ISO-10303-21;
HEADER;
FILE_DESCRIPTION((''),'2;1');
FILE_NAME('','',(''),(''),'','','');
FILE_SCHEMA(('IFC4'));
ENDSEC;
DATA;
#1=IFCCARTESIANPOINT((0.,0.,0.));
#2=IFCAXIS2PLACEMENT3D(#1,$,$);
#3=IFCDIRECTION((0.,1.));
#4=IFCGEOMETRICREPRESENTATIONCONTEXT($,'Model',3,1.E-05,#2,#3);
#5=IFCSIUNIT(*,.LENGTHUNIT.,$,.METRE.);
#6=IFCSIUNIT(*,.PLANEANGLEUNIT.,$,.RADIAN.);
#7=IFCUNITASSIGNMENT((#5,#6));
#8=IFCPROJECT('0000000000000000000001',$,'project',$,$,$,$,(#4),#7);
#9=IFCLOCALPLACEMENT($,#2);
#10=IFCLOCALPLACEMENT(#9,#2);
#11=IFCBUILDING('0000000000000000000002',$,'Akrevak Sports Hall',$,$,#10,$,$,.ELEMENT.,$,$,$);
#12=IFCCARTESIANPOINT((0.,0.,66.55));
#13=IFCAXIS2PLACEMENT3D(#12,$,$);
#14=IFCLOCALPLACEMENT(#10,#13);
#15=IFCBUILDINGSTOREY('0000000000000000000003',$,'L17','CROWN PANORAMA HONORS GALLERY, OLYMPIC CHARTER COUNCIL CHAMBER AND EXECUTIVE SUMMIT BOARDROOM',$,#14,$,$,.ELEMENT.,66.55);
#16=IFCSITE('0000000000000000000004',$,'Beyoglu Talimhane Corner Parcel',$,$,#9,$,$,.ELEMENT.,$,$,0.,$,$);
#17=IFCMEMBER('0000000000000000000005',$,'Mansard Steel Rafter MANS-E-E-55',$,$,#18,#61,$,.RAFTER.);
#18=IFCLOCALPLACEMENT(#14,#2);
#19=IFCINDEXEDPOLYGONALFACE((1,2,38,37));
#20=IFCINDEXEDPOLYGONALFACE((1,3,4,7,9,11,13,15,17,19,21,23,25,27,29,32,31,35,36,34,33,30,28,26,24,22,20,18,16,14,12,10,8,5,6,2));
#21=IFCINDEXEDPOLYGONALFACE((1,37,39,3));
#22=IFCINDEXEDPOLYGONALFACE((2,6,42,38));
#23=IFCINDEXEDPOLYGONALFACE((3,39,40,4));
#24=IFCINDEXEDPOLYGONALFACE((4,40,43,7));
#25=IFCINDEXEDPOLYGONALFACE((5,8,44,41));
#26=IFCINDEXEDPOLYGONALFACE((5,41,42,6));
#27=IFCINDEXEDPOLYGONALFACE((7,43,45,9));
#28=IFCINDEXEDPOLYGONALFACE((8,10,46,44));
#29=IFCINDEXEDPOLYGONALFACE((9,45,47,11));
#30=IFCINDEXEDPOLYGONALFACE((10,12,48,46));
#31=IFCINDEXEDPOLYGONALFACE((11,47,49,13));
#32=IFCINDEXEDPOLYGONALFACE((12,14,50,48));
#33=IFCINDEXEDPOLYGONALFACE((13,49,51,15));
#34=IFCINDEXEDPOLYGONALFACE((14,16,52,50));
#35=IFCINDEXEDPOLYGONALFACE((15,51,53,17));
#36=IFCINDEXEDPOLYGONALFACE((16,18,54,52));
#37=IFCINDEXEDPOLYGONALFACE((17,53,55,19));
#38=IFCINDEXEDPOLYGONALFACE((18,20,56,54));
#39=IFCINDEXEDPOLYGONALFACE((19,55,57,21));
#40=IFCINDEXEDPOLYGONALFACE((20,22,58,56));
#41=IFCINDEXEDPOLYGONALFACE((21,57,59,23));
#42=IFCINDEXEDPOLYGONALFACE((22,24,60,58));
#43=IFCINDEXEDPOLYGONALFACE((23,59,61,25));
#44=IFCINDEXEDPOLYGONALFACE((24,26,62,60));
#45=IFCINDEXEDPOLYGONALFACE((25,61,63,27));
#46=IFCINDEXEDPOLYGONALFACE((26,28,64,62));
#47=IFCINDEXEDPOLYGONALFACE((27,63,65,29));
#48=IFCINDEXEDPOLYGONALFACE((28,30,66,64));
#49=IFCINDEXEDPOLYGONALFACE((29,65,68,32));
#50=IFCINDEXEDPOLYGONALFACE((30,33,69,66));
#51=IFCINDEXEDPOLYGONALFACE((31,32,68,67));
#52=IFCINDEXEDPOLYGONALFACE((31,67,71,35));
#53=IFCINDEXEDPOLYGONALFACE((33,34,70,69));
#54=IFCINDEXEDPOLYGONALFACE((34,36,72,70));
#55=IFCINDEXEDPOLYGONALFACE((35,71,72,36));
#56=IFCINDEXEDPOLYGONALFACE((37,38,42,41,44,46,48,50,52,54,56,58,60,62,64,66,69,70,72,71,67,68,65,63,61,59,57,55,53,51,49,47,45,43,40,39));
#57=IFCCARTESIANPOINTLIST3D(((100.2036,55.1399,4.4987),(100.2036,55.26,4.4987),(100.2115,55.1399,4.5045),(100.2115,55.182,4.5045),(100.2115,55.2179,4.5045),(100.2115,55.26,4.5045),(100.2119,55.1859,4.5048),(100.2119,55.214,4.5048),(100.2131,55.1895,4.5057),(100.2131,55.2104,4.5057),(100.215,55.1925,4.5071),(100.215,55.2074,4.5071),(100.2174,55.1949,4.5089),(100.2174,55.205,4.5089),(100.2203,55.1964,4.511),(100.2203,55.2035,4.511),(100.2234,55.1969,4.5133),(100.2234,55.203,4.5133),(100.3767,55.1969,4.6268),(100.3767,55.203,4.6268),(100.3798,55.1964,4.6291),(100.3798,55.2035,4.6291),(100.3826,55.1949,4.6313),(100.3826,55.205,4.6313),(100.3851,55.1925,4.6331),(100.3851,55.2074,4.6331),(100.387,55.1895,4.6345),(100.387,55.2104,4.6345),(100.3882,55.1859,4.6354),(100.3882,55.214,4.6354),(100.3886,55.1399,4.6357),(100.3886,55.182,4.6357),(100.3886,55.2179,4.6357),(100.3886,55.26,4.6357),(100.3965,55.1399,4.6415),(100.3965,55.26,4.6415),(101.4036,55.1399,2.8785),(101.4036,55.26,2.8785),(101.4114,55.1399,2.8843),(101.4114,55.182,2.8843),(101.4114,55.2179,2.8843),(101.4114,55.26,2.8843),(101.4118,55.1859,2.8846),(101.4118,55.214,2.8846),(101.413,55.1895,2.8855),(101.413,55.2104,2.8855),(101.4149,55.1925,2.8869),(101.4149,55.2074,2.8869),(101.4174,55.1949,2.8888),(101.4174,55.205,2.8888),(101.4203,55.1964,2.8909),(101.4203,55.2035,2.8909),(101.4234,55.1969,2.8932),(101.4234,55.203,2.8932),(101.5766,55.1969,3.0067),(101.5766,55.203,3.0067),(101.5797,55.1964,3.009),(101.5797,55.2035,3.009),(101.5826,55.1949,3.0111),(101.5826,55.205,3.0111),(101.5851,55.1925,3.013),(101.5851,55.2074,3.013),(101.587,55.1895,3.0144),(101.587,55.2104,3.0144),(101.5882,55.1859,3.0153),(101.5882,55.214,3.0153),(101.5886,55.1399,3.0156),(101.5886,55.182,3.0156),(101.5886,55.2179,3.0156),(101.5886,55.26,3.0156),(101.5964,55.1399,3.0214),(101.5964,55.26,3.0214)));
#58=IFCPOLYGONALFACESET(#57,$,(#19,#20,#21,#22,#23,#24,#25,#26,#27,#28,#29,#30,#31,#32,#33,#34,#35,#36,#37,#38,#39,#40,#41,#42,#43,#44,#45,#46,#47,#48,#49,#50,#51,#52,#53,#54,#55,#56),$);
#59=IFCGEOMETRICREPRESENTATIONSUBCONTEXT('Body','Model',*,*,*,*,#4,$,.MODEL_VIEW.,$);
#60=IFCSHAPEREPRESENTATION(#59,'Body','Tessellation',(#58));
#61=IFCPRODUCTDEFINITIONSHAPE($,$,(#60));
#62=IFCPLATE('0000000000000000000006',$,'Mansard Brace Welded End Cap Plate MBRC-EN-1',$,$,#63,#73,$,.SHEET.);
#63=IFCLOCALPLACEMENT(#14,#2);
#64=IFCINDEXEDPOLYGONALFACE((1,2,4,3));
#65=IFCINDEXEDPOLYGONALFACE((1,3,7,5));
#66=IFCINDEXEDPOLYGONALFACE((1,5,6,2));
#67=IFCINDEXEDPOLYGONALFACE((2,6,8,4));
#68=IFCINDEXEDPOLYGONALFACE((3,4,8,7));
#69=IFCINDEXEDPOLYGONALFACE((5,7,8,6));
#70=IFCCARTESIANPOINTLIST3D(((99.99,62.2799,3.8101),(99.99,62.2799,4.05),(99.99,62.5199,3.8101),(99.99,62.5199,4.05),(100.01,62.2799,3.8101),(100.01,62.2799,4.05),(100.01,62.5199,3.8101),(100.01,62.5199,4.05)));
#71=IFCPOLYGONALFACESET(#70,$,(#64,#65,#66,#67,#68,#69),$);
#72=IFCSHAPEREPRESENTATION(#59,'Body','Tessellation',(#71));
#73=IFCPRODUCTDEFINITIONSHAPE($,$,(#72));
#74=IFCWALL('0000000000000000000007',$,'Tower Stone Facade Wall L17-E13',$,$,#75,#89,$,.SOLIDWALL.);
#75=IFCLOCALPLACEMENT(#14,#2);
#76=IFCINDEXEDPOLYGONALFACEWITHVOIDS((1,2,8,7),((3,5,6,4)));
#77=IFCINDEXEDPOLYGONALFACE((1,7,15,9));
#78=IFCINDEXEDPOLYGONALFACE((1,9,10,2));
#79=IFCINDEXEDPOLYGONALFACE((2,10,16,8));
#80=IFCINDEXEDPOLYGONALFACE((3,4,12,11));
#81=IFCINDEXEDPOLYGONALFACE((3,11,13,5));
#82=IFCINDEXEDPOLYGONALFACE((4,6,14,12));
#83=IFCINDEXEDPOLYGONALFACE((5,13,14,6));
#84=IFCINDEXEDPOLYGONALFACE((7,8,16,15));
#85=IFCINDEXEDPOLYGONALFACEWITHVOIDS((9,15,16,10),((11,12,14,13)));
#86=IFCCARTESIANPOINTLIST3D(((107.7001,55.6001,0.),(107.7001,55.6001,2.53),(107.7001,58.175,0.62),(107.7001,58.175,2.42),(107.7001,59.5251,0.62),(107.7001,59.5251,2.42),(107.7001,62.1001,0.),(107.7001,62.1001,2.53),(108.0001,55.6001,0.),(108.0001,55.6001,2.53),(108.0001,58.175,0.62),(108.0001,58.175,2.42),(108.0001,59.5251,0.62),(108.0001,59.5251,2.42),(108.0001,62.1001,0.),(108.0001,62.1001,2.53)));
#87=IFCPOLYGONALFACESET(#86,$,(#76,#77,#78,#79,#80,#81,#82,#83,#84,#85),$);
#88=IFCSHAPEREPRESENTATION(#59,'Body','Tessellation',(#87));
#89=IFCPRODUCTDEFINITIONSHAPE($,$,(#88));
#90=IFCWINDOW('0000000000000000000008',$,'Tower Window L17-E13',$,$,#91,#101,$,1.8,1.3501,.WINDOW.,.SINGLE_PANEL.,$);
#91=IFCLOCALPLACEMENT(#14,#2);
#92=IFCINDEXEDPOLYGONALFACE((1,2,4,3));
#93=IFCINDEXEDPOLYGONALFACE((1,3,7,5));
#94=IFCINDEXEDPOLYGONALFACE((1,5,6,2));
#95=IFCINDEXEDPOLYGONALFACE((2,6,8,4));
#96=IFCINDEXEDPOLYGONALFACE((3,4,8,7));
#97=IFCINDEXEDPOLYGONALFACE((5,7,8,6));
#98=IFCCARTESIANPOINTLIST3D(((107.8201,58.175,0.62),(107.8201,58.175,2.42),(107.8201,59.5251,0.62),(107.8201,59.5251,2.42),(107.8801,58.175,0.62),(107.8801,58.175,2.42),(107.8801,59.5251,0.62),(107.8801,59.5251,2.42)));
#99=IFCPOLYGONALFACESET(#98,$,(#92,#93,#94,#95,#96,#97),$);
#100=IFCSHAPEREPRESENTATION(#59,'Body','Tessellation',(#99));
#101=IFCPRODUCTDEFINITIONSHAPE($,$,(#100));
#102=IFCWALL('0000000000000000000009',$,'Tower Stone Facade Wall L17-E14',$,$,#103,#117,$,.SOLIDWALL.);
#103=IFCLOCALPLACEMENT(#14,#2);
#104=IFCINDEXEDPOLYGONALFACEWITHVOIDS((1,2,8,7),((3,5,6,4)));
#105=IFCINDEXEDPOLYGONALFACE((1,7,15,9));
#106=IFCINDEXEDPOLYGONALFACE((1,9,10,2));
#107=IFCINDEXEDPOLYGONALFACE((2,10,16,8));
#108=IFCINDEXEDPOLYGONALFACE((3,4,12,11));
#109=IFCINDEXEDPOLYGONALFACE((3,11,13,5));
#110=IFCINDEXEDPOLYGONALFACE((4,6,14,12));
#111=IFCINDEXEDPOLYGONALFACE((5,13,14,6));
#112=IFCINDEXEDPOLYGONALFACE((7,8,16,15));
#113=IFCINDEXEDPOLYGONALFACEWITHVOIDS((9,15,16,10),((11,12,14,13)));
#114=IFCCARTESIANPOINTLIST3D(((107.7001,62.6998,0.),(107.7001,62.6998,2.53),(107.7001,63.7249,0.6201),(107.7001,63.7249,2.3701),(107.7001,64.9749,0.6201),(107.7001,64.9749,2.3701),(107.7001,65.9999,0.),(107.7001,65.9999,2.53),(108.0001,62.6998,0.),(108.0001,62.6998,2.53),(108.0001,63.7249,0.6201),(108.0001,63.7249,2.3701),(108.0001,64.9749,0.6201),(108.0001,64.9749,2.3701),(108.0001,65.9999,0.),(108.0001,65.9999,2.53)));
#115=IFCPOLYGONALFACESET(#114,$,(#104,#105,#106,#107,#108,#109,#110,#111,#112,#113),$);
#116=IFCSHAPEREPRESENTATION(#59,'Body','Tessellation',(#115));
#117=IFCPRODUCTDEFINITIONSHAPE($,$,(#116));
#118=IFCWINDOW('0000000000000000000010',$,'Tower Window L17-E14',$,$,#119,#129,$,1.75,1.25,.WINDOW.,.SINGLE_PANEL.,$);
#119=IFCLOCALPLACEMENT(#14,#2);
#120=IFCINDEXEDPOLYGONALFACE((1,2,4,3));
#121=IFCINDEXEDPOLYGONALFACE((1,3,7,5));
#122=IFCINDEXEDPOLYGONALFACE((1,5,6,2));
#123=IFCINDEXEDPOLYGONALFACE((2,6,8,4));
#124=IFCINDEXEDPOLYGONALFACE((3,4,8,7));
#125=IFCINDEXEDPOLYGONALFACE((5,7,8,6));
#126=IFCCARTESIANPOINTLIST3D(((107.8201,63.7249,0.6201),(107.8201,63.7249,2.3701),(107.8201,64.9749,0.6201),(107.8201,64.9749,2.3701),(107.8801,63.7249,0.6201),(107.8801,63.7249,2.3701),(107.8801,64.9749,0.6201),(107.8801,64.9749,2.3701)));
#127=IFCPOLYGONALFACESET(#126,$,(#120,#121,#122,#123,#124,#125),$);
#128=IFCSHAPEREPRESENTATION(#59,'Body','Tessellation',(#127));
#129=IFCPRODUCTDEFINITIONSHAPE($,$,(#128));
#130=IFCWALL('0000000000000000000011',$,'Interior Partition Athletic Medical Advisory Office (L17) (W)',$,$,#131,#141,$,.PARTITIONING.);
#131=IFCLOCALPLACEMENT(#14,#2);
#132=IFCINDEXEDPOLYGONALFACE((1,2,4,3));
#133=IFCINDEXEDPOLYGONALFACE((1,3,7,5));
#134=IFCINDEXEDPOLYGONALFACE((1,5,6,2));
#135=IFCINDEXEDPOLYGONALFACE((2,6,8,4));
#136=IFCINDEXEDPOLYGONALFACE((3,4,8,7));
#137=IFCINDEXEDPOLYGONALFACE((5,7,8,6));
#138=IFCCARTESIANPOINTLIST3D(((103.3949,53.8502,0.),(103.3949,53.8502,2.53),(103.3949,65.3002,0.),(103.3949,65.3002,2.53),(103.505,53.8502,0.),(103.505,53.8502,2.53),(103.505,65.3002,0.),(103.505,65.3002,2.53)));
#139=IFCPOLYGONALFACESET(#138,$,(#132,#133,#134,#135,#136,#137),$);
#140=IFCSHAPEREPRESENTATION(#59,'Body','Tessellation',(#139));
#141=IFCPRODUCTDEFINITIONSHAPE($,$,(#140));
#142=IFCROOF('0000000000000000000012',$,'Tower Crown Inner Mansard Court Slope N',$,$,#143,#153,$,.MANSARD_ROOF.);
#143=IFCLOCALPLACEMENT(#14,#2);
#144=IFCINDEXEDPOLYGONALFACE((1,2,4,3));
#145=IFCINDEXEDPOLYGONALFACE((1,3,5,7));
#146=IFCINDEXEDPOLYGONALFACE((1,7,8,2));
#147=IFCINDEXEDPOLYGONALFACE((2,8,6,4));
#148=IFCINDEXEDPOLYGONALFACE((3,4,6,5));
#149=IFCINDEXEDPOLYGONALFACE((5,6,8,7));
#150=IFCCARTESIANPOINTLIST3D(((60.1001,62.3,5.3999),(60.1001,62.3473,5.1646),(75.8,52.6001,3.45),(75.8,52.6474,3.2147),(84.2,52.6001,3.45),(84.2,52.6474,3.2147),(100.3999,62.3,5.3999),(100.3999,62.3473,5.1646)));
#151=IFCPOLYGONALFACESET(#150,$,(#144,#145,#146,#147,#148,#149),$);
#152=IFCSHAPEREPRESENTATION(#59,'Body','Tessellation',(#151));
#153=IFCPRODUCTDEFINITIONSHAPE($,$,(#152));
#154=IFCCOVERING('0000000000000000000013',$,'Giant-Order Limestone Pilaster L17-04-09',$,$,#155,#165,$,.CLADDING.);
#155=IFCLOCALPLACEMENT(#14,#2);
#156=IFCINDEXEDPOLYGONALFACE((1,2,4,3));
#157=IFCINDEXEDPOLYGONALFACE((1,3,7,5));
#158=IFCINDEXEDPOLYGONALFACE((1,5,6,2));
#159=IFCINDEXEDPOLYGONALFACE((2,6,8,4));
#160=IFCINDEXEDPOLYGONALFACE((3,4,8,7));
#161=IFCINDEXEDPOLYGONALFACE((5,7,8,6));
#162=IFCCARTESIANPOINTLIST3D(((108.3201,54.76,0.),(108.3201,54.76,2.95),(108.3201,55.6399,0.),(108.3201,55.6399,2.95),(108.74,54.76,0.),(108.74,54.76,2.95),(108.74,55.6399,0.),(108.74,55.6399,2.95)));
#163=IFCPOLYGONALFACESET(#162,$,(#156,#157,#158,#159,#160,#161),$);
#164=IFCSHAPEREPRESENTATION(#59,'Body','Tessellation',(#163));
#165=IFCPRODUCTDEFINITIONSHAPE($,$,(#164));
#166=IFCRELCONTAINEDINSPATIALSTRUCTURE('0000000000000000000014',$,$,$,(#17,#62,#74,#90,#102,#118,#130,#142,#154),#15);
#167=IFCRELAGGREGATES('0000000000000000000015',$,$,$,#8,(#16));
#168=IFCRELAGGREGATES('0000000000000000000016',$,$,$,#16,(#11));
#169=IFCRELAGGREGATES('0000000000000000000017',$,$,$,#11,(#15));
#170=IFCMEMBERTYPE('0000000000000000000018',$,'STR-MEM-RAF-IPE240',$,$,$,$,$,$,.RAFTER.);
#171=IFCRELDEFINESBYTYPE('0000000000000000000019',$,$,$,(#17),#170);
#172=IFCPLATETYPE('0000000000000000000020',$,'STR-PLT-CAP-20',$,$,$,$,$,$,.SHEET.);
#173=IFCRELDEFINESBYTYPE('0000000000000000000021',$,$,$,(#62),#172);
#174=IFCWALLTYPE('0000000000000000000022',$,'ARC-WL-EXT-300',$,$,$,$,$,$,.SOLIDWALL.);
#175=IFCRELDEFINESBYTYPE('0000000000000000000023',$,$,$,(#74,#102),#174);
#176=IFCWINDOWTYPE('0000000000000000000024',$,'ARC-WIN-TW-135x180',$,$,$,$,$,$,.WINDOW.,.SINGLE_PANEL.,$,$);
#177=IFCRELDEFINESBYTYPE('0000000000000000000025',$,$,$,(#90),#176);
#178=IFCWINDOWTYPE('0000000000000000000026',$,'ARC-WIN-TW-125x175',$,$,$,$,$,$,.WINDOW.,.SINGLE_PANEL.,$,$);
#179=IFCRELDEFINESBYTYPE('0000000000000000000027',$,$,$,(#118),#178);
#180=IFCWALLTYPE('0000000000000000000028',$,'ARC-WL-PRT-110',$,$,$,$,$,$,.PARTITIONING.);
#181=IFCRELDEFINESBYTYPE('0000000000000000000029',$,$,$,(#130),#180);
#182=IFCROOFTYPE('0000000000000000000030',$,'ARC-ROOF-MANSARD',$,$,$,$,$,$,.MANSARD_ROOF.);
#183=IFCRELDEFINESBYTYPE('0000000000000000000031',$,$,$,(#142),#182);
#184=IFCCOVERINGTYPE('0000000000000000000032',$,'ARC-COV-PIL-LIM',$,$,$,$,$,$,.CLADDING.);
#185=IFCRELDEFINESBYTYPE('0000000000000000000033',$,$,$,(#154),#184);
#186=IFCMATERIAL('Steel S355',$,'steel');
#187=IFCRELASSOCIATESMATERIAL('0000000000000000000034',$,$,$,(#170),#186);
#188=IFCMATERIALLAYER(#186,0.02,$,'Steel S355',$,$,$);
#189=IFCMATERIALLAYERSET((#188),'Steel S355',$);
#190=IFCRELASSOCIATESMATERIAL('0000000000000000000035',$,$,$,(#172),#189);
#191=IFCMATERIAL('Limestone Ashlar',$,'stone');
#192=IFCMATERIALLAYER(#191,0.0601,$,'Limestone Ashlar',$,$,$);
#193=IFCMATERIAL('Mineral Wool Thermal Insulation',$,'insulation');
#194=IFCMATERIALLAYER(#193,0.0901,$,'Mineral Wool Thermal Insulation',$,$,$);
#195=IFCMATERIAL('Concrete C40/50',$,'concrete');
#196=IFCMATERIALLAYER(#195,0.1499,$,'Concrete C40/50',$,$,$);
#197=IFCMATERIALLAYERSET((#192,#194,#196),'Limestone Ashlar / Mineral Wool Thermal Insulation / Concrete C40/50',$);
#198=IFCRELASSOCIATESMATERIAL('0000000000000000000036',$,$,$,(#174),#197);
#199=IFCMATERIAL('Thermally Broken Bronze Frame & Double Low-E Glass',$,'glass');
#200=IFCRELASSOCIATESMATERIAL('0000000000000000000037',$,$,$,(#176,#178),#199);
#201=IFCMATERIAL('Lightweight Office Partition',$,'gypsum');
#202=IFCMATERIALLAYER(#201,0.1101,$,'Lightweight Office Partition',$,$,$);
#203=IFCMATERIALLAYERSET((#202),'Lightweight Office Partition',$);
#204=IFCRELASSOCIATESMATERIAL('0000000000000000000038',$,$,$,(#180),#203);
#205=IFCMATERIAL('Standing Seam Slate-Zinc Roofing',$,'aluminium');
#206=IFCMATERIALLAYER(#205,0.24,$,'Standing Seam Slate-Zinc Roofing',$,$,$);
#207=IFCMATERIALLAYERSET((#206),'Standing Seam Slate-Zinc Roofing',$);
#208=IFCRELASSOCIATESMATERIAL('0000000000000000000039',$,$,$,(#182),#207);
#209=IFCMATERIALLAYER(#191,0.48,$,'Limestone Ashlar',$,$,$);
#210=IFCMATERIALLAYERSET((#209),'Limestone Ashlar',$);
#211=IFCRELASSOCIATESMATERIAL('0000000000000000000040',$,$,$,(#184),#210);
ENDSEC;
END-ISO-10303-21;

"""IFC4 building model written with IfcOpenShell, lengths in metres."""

from ifc_helpers import new_model, si_unit, direction, frame, frame_2d, origin, origin_2d, place, context, subcontext, project, spatial, polyline, rectangle, i_section, outline, extrude, material, layer, layer_set, material_profile, profile_set, type_object, element, fill, save


model = new_model("IFC4")

# Units and contexts
model_context = context("Model", 3, precision=1e-05, world=origin(), true_north=direction((0.0, 1.0)))
body_context = subcontext(model_context, "Body", "Model", "MODEL_VIEW")
ifc_project = project(units=[si_unit("LENGTHUNIT", "METRE"), si_unit("PLANEANGLEUNIT", "RADIAN")], contexts=[model_context])

# Site, building, storey
site_placement = place(None, origin())
site = spatial("IfcSite", under=ifc_project, at=site_placement, Name="Beyoglu Talimhane Corner Parcel", CompositionType="ELEMENT", RefElevation=0.0)
building_placement = place(site_placement, origin())
building = spatial("IfcBuilding", under=site, at=building_placement, Name="Akrevak Sports Hall", CompositionType="ELEMENT")
storey_placement = place(building_placement, frame((0.0, 0.0, 66.55)))
storey = spatial("IfcBuildingStorey", under=building, at=storey_placement, Name="L17", Description="CROWN PANORAMA HONORS GALLERY, OLYMPIC CHARTER COUNCIL CHAMBER AND EXECUTIVE SUMMIT BOARDROOM", CompositionType="ELEMENT", Elevation=66.55)

# Shared definitions
ifc_material_1 = material(Name="Concrete C40/50", Category="concrete")

# Member
ifc_material_2 = material(Name="Steel S355", Category="steel")
ifc_material_profile_1 = material_profile(ifc_material_2, i_section(OverallWidth=0.1201, OverallDepth=0.24, WebThickness=0.0061, FlangeThickness=0.0098, FilletRadius=0.0149, at=origin_2d()), Name="IPE 240", Category="steel")
ifc_profile_set_1 = profile_set([ifc_material_profile_1], Name="Steel S355")
member_type_1 = type_object("IfcMemberType", Name="STR-MEM-RAF-IPE240", PredefinedType="RAFTER", material=ifc_profile_set_1)
member_1_placement = place(storey_placement, frame((101.5, 55.2, 2.95), z_axis=(-0.595184, 0.0, 0.803589), x_axis=(0.0, -1.0, 0.0)))
element("IfcMember", 1, at=member_1_placement, inside=storey, type_object=member_type_1, Name="Mansard Steel Rafter MANS-E-E-55", PredefinedType="RAFTER", context=body_context, shape_type="SweptSolid", body=[
    extrude(i_section(OverallWidth=0.1201, OverallDepth=0.24, WebThickness=0.0061, FlangeThickness=0.0098, FilletRadius=0.0149, at=origin_2d()), origin(), (0.0, 0.0, 1.0), 2.0161),
])

# Plate
ifc_layer_1 = layer(ifc_material_2, 0.02, Name="Steel S355")
ifc_layer_set_1 = layer_set([ifc_layer_1], Name="Steel S355")
plate_type = type_object("IfcPlateType", Name="STR-PLT-CAP-20", PredefinedType="SHEET", material=ifc_layer_set_1)
plate_placement = place(storey_placement, frame((100.0, 62.3999, 3.8101), z_axis=(0.0, 0.0, 1.0), x_axis=(1.0, 0.0, 0.0)))
element("IfcPlate", 2, at=plate_placement, inside=storey, type_object=plate_type, Name="Mansard Brace Welded End Cap Plate MBRC-EN-1", PredefinedType="SHEET", context=body_context, shape_type="SweptSolid", body=[
    extrude(rectangle(XDim=0.02, YDim=0.24, at=origin_2d()), origin(), (0.0, 0.0, 1.0), 0.24),
])

# Walls, openings, windows
ifc_material_3 = material(Name="Limestone Ashlar", Category="stone")
ifc_layer_2 = layer(ifc_material_3, 0.0601, Name="Limestone Ashlar")
ifc_material_4 = material(Name="Mineral Wool Thermal Insulation", Category="insulation")
ifc_layer_3 = layer(ifc_material_4, 0.0901, Name="Mineral Wool Thermal Insulation")
ifc_layer_4 = layer(ifc_material_1, 0.1499, Name="Concrete C40/50")
ifc_layer_set_2 = layer_set([ifc_layer_2, ifc_layer_3, ifc_layer_4], Name="Limestone Ashlar / Mineral Wool Thermal Insulation / Concrete C40/50")
wall_type_1 = type_object("IfcWallType", Name="ARC-WL-EXT-300", PredefinedType="SOLIDWALL", material=ifc_layer_set_2)
wall_1_placement = place(storey_placement, frame((107.8501, 55.6001, 0.0), z_axis=(0.0, 0.0, 1.0), x_axis=(0.0, 1.0, 0.0)))
wall_1 = element("IfcWall", 3, at=wall_1_placement, inside=storey, type_object=wall_type_1, Name="Tower Stone Facade Wall L17-E13", PredefinedType="SOLIDWALL", context=body_context, shape_type="SweptSolid", body=[
    extrude(rectangle(XDim=6.5, YDim=0.3, at=frame_2d((3.25, 0.0))), origin(), (0.0, 0.0, 1.0), 2.53),
])
opening_1_placement = place(wall_1_placement, frame((2.575, 0.0, 0.6201)))
opening_1 = element("IfcOpeningElement", 4, at=opening_1_placement, cuts=wall_1, PredefinedType="OPENING", context=body_context, shape_type="SweptSolid", body=[
    extrude(rectangle(XDim=1.3501, YDim=1.8, at=frame_2d((0.675, 0.8999))), frame((0.0, 0.1621, 0.0), z_axis=(0.0, -1.0, 0.0), x_axis=(1.0, 0.0, 0.0)), (0.0, 0.0, 1.0), 0.324),
])
ifc_material_5 = material(Name="Thermally Broken Bronze Frame & Double Low-E Glass", Category="glass")
window_type_1 = type_object("IfcWindowType", Name="ARC-WIN-TW-135x180", PartitioningType="SINGLE_PANEL", PredefinedType="WINDOW", material=ifc_material_5)
window_1_placement = place(opening_1_placement, origin())
window_1 = element("IfcWindow", 5, at=window_1_placement, inside=storey, type_object=window_type_1, Name="Tower Window L17-E13", OverallHeight=1.8, OverallWidth=1.3501, PartitioningType="SINGLE_PANEL", PredefinedType="WINDOW", context=body_context, shape_type="SweptSolid", body=[
    extrude(rectangle(XDim=1.3501, YDim=1.8, at=frame_2d((0.675, 0.8999))), frame((0.0, 0.03, 0.0), z_axis=(0.0, -1.0, 0.0), x_axis=(1.0, 0.0, 0.0)), (0.0, 0.0, 1.0), 0.0601),
])
fill(opening_1, window_1)
wall_2_placement = place(storey_placement, frame((107.8501, 62.7, 0.0), z_axis=(0.0, 0.0, 1.0), x_axis=(0.0, 1.0, 0.0)))
wall_2 = element("IfcWall", 6, at=wall_2_placement, inside=storey, type_object=wall_type_1, Name="Tower Stone Facade Wall L17-E14", PredefinedType="SOLIDWALL", context=body_context, shape_type="SweptSolid", body=[
    extrude(rectangle(XDim=3.3, YDim=0.3, at=frame_2d((1.6499, 0.0))), origin(), (0.0, 0.0, 1.0), 2.53),
])
opening_2_placement = place(wall_2_placement, frame((1.0249, 0.0, 0.6201)))
opening_2 = element("IfcOpeningElement", 7, at=opening_2_placement, cuts=wall_2, PredefinedType="OPENING", context=body_context, shape_type="SweptSolid", body=[
    extrude(rectangle(XDim=1.25, YDim=1.75, at=frame_2d((0.625, 0.875))), frame((0.0, 0.1621, 0.0), z_axis=(0.0, -1.0, 0.0), x_axis=(1.0, 0.0, 0.0)), (0.0, 0.0, 1.0), 0.324),
])
window_type_2 = type_object("IfcWindowType", Name="ARC-WIN-TW-125x175", PartitioningType="SINGLE_PANEL", PredefinedType="WINDOW", material=ifc_material_5)
window_2_placement = place(opening_2_placement, origin())
window_2 = element("IfcWindow", 8, at=window_2_placement, inside=storey, type_object=window_type_2, Name="Tower Window L17-E14", OverallHeight=1.75, OverallWidth=1.25, PartitioningType="SINGLE_PANEL", PredefinedType="WINDOW", context=body_context, shape_type="SweptSolid", body=[
    extrude(rectangle(XDim=1.25, YDim=1.75, at=frame_2d((0.625, 0.875))), frame((0.0, 0.03, 0.0), z_axis=(0.0, -1.0, 0.0), x_axis=(1.0, 0.0, 0.0)), (0.0, 0.0, 1.0), 0.0601),
])
fill(opening_2, window_2)

# Shared definitions
ifc_material_6 = material(Name="Lightweight Office Partition", Category="gypsum")
ifc_layer_5 = layer(ifc_material_6, 0.1101, Name="Lightweight Office Partition")
ifc_layer_set_3 = layer_set([ifc_layer_5], Name="Lightweight Office Partition")
wall_type_2 = type_object("IfcWallType", Name="ARC-WL-PRT-110", PredefinedType="PARTITIONING", material=ifc_layer_set_3)

# Wall
wall_3_placement = place(storey_placement, frame((103.45, 53.8501, 0.0), z_axis=(0.0, 0.0, 1.0), x_axis=(0.0, 1.0, 0.0)))
element("IfcWall", 9, at=wall_3_placement, inside=storey, type_object=wall_type_2, Name="Interior Partition Athletic Medical Advisory Office (L17) (W)", PredefinedType="PARTITIONING", context=body_context, shape_type="SweptSolid", body=[
    extrude(rectangle(XDim=11.45, YDim=0.1101, at=frame_2d((5.7251, 0.0))), origin(), (0.0, 0.0, 1.0), 2.53),
])

# Roof
ifc_material_7 = material(Name="Standing Seam Slate-Zinc Roofing", Category="aluminium")
ifc_layer_6 = layer(ifc_material_7, 0.24, Name="Standing Seam Slate-Zinc Roofing")
ifc_layer_set_4 = layer_set([ifc_layer_6], Name="Standing Seam Slate-Zinc Roofing")
roof_type = type_object("IfcRoofType", Name="ARC-ROOF-MANSARD", PredefinedType="MANSARD_ROOF", material=ifc_layer_set_4)
roof_placement = place(storey_placement, frame((100.3999, 62.3, 5.3999), z_axis=(0.0, -0.197084, 0.980387), x_axis=(-1.0, 0.0, 0.0)))
element("IfcRoof", 10, at=roof_placement, inside=storey, type_object=roof_type, Name="Tower Crown Inner Mansard Court Slope N", PredefinedType="MANSARD_ROOF", context=body_context, shape_type="SweptSolid", body=[
    extrude(outline(polyline([(0.0, 0.0), (40.2998, 0.0), (24.5999, 9.894), (16.2, 9.894), (0.0, 0.0)])), origin(), (0.0, 0.0, -1.0), 0.24),
])

# Covering
ifc_layer_7 = layer(ifc_material_3, 0.48, Name="Limestone Ashlar")
ifc_layer_set_5 = layer_set([ifc_layer_7], Name="Limestone Ashlar")
covering_type = type_object("IfcCoveringType", Name="ARC-COV-PIL-LIM", PredefinedType="CLADDING", material=ifc_layer_set_5)
for number, where, z_axis, x_axis, name in (
    (11, (108.53, 55.2, 0.0), (0.0, 0.0, 1.0), (0.0, 1.0, 0.0), "Giant-Order Limestone Pilaster L17-04-09"),
):
    element("IfcCovering", number, at=place(storey_placement, frame(where, z_axis=z_axis, x_axis=x_axis)), inside=storey, type_object=covering_type, Name=name, PredefinedType="CLADDING", context=body_context, shape_type="SweptSolid", body=[
        extrude(rectangle(XDim=0.8799, YDim=0.4199, at=origin_2d()), origin(), (0.0, 0.0, 1.0), 2.95),
    ])

save(model, "model.ifc")
